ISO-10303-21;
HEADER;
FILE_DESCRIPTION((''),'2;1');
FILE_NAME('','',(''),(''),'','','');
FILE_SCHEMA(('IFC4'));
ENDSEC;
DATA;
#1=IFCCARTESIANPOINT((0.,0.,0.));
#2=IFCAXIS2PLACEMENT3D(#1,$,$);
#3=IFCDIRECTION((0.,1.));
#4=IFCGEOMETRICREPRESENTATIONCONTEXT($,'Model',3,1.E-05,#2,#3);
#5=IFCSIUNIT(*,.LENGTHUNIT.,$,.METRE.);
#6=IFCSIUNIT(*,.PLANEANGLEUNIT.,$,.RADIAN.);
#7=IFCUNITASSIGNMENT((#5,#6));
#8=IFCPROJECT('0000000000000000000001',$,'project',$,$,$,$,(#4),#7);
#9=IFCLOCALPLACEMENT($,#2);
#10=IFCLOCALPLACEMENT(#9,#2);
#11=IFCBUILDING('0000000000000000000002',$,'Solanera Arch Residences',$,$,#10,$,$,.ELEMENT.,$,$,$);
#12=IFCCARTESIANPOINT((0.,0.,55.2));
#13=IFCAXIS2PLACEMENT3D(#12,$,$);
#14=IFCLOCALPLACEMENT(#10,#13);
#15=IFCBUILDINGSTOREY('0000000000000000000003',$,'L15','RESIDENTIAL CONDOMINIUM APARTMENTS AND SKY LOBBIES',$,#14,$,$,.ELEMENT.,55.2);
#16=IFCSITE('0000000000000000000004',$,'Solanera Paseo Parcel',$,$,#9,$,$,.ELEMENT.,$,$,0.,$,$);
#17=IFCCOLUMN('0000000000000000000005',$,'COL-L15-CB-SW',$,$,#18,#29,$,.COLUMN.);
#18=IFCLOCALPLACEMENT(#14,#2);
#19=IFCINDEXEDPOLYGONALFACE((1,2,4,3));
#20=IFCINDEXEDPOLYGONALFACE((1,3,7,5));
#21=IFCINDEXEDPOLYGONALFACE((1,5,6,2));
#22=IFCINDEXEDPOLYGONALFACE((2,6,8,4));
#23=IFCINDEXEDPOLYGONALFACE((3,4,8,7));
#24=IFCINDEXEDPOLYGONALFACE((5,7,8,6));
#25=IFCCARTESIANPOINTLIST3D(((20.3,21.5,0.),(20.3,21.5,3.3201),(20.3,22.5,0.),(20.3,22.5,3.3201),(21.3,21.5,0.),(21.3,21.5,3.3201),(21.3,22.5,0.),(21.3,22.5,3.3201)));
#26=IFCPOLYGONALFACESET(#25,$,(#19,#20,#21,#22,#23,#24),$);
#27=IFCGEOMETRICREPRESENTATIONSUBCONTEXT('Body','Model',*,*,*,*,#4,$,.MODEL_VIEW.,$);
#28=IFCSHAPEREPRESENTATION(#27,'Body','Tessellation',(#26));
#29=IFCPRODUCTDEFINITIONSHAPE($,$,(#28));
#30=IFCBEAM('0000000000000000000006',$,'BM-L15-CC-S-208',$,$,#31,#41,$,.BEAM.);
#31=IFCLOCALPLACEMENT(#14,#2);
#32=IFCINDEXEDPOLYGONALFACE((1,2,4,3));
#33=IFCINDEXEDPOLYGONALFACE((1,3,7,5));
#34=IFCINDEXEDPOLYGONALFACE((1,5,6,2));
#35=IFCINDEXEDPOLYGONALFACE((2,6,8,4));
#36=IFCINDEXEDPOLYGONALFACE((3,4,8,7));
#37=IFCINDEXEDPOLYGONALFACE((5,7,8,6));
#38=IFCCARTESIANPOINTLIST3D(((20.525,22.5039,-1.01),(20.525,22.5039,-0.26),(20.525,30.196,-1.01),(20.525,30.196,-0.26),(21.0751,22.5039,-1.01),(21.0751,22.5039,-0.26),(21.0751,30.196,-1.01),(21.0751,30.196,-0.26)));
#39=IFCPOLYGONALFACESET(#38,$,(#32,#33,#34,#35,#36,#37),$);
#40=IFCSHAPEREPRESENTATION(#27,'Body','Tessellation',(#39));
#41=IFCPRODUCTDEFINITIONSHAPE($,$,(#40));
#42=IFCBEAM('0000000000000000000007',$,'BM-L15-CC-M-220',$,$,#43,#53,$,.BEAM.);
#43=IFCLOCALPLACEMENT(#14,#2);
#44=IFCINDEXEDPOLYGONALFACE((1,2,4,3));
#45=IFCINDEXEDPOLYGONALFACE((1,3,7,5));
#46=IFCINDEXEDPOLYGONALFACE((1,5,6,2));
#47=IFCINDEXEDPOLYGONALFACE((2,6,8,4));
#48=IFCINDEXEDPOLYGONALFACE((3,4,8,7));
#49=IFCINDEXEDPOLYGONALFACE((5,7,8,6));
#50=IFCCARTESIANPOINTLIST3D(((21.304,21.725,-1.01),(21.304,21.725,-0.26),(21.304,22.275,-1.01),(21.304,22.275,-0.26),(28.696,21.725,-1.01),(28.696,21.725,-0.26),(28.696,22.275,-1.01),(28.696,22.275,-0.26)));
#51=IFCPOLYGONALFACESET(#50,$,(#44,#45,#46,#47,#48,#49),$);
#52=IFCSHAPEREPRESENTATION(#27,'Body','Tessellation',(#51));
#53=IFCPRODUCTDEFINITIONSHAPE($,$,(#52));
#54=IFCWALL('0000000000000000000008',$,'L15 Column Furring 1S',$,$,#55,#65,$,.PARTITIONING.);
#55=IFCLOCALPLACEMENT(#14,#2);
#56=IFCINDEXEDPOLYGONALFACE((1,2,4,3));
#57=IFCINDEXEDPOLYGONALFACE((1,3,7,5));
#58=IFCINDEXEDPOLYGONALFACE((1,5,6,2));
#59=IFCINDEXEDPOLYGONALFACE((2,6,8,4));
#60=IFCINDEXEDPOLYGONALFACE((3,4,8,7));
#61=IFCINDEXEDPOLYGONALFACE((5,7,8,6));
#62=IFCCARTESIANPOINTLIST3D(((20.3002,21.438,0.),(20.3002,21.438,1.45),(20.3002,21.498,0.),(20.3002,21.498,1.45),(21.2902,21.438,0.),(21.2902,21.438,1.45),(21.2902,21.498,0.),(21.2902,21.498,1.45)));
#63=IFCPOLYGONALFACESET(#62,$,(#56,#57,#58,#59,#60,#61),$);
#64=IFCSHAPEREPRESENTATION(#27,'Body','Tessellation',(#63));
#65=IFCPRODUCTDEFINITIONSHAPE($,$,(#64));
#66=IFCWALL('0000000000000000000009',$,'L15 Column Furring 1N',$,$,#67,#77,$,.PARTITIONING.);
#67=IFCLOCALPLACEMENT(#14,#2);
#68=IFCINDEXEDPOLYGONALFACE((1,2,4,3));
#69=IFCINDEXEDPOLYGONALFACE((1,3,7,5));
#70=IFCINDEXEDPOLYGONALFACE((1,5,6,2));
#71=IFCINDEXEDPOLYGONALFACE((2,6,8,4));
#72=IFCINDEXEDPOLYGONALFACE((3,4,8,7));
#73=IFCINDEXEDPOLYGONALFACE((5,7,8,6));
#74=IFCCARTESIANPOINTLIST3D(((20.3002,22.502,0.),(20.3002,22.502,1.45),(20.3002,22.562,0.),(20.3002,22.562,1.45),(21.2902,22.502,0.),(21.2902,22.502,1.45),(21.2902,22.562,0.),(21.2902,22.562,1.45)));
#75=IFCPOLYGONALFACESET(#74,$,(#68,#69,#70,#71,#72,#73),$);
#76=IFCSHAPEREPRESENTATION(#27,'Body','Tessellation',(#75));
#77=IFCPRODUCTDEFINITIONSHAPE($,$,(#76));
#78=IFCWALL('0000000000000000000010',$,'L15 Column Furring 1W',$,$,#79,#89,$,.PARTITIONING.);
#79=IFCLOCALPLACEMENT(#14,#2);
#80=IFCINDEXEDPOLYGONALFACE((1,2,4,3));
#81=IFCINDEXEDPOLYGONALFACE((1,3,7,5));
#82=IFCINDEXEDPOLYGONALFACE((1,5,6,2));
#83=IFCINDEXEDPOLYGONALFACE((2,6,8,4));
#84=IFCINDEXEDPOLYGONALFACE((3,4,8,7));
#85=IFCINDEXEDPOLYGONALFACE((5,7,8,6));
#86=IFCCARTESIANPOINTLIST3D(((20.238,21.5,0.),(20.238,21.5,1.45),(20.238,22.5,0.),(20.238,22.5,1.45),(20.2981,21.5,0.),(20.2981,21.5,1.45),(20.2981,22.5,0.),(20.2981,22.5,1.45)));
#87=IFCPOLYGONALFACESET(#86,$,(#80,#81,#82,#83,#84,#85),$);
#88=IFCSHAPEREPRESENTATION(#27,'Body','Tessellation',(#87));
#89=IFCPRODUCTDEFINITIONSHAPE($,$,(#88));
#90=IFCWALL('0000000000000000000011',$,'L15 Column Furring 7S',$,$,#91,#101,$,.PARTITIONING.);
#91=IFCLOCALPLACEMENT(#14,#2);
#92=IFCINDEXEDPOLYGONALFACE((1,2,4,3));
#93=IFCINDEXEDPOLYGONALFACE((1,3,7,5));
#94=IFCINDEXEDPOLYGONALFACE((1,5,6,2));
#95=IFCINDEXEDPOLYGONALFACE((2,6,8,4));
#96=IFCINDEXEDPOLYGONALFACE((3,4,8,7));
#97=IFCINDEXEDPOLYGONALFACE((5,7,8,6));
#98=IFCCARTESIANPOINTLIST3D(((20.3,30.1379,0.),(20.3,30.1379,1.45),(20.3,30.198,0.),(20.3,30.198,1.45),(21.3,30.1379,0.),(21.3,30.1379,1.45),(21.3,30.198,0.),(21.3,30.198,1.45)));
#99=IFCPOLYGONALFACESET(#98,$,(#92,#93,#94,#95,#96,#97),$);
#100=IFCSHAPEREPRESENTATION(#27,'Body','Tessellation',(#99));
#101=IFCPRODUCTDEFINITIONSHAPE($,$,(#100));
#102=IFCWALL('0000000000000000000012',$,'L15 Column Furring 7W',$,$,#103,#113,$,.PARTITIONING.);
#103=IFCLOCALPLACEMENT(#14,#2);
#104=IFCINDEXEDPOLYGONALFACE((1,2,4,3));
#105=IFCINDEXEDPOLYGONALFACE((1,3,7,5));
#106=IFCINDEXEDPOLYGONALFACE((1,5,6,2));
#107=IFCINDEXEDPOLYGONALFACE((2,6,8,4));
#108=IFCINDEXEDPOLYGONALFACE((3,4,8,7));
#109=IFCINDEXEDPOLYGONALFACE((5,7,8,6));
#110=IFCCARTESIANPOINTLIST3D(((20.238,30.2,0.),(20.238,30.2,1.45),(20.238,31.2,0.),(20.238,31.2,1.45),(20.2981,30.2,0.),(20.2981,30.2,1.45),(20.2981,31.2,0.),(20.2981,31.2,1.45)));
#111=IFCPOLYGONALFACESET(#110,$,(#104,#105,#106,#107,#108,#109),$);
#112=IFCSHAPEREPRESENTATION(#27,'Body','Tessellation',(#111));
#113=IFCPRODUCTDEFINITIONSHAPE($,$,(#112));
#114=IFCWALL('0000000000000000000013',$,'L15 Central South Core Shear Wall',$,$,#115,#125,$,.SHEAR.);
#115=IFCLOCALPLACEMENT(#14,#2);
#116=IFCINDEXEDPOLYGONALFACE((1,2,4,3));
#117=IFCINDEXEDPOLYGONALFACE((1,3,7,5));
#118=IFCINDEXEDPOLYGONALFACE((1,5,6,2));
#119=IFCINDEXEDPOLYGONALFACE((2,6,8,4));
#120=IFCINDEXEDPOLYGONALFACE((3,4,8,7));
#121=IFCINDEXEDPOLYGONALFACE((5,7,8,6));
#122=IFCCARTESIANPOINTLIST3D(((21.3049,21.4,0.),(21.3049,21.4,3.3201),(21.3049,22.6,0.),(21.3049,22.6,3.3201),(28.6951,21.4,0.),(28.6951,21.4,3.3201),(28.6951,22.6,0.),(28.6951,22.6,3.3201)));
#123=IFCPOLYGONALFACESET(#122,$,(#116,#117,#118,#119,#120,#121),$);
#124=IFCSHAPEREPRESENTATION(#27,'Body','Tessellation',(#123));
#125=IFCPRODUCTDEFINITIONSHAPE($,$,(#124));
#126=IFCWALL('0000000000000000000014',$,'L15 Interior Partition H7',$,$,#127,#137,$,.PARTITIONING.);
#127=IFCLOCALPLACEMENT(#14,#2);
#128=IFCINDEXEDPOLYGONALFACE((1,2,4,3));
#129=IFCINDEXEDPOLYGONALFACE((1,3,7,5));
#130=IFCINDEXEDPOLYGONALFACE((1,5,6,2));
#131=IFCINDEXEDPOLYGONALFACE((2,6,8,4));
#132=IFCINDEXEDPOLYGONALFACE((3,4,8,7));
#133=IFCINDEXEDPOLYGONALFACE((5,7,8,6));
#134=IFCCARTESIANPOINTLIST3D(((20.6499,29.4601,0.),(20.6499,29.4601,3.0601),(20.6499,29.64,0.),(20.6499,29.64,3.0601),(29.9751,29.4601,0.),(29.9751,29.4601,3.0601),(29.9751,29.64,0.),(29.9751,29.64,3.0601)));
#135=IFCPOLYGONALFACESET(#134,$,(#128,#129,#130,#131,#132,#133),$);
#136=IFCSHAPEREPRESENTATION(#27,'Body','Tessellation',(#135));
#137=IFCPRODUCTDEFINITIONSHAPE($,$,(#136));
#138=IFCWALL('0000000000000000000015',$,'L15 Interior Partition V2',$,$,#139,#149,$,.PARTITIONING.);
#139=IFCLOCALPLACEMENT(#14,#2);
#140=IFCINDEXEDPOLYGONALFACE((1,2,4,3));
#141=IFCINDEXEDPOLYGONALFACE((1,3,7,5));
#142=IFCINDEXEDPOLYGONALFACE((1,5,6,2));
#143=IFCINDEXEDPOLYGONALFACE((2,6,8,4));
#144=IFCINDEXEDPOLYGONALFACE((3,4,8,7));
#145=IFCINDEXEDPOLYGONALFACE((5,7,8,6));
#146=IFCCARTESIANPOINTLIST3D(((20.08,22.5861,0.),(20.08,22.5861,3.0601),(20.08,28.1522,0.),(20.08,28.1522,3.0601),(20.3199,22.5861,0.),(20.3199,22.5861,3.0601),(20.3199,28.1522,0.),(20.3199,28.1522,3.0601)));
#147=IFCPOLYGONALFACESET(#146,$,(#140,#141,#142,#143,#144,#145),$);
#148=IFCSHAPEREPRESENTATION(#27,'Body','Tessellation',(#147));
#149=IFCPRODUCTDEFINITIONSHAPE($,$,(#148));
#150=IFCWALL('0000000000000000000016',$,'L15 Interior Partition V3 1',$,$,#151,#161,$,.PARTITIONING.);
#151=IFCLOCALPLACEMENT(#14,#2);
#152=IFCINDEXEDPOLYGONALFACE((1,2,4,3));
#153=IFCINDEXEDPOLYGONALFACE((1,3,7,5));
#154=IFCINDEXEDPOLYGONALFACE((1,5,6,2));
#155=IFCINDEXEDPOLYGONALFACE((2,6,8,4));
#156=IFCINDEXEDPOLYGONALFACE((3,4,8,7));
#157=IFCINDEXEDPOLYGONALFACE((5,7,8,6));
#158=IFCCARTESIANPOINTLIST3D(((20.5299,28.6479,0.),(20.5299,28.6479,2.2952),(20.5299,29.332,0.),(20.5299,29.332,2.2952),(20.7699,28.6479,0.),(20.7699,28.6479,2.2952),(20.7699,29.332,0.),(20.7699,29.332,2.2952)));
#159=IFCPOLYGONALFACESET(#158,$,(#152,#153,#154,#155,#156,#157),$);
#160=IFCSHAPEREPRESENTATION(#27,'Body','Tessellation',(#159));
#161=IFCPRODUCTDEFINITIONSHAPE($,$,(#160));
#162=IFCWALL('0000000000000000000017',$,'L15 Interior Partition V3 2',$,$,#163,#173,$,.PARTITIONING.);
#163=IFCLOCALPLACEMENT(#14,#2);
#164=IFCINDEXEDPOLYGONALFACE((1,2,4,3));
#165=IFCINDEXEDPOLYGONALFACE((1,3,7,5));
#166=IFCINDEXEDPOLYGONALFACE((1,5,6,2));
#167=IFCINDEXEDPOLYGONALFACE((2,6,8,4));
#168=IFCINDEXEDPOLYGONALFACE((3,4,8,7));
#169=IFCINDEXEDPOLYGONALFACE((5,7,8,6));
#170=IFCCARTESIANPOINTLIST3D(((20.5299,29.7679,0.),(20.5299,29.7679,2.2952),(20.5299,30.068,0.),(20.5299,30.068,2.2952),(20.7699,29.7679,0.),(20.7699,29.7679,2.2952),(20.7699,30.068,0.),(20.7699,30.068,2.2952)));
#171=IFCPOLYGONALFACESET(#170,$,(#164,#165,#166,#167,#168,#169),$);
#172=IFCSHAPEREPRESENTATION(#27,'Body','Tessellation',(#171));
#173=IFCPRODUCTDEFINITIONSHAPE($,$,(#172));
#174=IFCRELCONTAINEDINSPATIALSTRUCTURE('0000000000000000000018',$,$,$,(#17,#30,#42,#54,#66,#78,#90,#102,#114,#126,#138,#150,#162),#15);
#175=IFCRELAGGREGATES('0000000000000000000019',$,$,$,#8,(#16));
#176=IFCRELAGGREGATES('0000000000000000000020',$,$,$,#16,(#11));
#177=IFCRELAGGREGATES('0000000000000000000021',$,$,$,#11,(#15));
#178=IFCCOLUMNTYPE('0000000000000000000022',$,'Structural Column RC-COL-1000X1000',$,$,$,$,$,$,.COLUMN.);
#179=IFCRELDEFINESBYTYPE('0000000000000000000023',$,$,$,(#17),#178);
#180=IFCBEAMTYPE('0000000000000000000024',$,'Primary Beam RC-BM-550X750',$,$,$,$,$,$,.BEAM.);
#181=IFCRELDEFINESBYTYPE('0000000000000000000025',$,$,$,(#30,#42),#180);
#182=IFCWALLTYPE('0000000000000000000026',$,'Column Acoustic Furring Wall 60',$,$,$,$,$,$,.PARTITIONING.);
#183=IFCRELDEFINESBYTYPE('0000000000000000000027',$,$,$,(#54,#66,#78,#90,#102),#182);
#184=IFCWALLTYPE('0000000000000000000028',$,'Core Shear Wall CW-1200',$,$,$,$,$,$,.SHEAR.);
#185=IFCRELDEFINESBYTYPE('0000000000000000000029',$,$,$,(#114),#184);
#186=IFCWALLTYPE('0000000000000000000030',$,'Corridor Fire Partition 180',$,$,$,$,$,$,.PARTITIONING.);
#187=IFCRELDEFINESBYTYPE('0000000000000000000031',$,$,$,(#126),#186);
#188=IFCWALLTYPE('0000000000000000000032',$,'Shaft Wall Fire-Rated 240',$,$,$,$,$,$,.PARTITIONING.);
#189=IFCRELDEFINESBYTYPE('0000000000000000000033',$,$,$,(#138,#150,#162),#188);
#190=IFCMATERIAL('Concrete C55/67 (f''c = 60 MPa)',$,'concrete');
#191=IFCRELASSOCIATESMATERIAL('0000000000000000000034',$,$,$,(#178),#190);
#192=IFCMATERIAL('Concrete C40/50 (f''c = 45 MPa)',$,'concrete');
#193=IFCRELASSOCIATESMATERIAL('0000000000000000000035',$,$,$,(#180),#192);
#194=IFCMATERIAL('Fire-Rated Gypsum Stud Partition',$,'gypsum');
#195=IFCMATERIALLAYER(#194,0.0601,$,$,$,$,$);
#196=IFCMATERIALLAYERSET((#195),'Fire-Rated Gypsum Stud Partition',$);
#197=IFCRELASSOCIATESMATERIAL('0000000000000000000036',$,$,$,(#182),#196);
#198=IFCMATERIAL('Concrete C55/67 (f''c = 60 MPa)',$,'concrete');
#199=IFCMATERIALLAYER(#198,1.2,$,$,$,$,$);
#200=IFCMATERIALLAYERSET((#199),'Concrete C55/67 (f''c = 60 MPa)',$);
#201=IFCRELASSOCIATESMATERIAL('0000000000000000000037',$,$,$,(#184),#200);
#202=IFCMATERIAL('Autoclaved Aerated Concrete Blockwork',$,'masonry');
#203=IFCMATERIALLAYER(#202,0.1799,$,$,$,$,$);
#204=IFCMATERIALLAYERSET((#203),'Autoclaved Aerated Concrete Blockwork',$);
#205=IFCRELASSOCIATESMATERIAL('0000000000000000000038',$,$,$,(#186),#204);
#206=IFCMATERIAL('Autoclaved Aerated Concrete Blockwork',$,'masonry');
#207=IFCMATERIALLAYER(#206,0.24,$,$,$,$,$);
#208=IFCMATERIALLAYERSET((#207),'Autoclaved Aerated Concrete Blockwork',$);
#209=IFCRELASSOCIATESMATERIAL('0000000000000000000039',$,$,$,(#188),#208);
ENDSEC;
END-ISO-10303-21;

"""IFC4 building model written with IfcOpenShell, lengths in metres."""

from ifc_helpers import new_model, si_unit, direction, frame, frame_2d, origin, origin_2d, place, context, subcontext, project, spatial, rectangle, extrude, material, layer, layer_set, material_profile, profile_set, type_object, element, save


model = new_model("IFC4")

# Units and contexts
model_context = context("Model", 3, precision=1e-05, world=origin(), true_north=direction((0.0, 1.0)))
body_context = subcontext(model_context, "Body", "Model", "MODEL_VIEW")
ifc_project = project(units=[si_unit("LENGTHUNIT", "METRE"), si_unit("PLANEANGLEUNIT", "RADIAN")], contexts=[model_context])

# Site, building, storey
site_placement = place(None, origin())
site = spatial("IfcSite", under=ifc_project, at=site_placement, Name="Solanera Paseo Parcel", CompositionType="ELEMENT", RefElevation=0.0)
building_placement = place(site_placement, origin())
building = spatial("IfcBuilding", under=site, at=building_placement, Name="Solanera Arch Residences", CompositionType="ELEMENT")
storey_placement = place(building_placement, frame((0.0, 0.0, 55.2)))
storey = spatial("IfcBuildingStorey", under=building, at=storey_placement, Name="L15", Description="RESIDENTIAL CONDOMINIUM APARTMENTS AND SKY LOBBIES", CompositionType="ELEMENT", Elevation=55.2)

# Column
ifc_material_1 = material(Name="Concrete C55/67 (f'c = 60 MPa)", Category="concrete")
ifc_material_profile_1 = material_profile(ifc_material_1, rectangle(XDim=1.0, YDim=1.0, at=origin_2d()))
ifc_profile_set_1 = profile_set([ifc_material_profile_1], Name="Concrete C55/67 (f'c = 60 MPa)")
column_type = type_object("IfcColumnType", Name="Structural Column RC-COL-1000X1000", PredefinedType="COLUMN", material=ifc_profile_set_1)
column_placement = place(storey_placement, frame((20.8, 22.0, 0.0), z_axis=(0.0, 0.0, 1.0), x_axis=(1.0, 0.0, 0.0)))
element("IfcColumn", 1, at=column_placement, inside=storey, type_object=column_type, Name="COL-L15-CB-SW", PredefinedType="COLUMN", context=body_context, shape_type="SweptSolid", body=[
    extrude(rectangle(XDim=1.0, YDim=1.0, at=origin_2d()), origin(), (0.0, 0.0, 1.0), 3.3201),
])

# Beams
ifc_material_2 = material(Name="Concrete C40/50 (f'c = 45 MPa)", Category="concrete")
ifc_material_profile_2 = material_profile(ifc_material_2, rectangle(XDim=0.55, YDim=0.75, at=origin_2d()))
ifc_profile_set_2 = profile_set([ifc_material_profile_2], Name="Concrete C40/50 (f'c = 45 MPa)")
beam_type = type_object("IfcBeamType", Name="Primary Beam RC-BM-550X750", PredefinedType="BEAM", material=ifc_profile_set_2)
beam_1_placement = place(storey_placement, frame((20.8, 22.5039, -0.635), z_axis=(0.0, 1.0, 0.0), x_axis=(-1.0, 0.0, 0.0)))
element("IfcBeam", 2, at=beam_1_placement, inside=storey, type_object=beam_type, Name="BM-L15-CC-S-208", PredefinedType="BEAM", context=body_context, shape_type="SweptSolid", body=[
    extrude(rectangle(XDim=0.55, YDim=0.75, at=origin_2d()), origin(), (0.0, 0.0, 1.0), 7.6921),
])
beam_2_placement = place(storey_placement, frame((21.304, 22.0, -0.635), z_axis=(1.0, 0.0, 0.0), x_axis=(0.0, 1.0, 0.0)))
element("IfcBeam", 3, at=beam_2_placement, inside=storey, type_object=beam_type, Name="BM-L15-CC-M-220", PredefinedType="BEAM", context=body_context, shape_type="SweptSolid", body=[
    extrude(rectangle(XDim=0.55, YDim=0.75, at=origin_2d()), origin(), (0.0, 0.0, 1.0), 7.3921),
])

# Walls
ifc_material_3 = material(Name="Fire-Rated Gypsum Stud Partition", Category="gypsum")
ifc_layer_1 = layer(ifc_material_3, 0.0601)
ifc_layer_set_1 = layer_set([ifc_layer_1], Name="Fire-Rated Gypsum Stud Partition")
wall_type_1 = type_object("IfcWallType", Name="Column Acoustic Furring Wall 60", PredefinedType="PARTITIONING", material=ifc_layer_set_1)
for number, where, z_axis, x_axis, name in (
    (4, (20.3, 21.468, 0.0), (0.0, 0.0, 1.0), (1.0, 0.0, 0.0), "L15 Column Furring 1S"),
    (5, (20.3, 22.532, 0.0), (0.0, 0.0, 1.0), (1.0, 0.0, 0.0), "L15 Column Furring 1N"),
):
    element("IfcWall", number, at=place(storey_placement, frame(where, z_axis=z_axis, x_axis=x_axis)), inside=storey, type_object=wall_type_1, Name=name, PredefinedType="PARTITIONING", context=body_context, shape_type="SweptSolid", body=[
        extrude(rectangle(XDim=0.99, YDim=0.0601, at=frame_2d((0.4951, 0.0))), origin(), (0.0, 0.0, 1.0), 1.45),
    ])
for number, where, z_axis, x_axis, name in (
    (6, (20.2681, 21.5, 0.0), (0.0, 0.0, 1.0), (0.0, 1.0, 0.0), "L15 Column Furring 1W"),
    (7, (20.3, 30.168, 0.0), (0.0, 0.0, 1.0), (1.0, 0.0, 0.0), "L15 Column Furring 7S"),
    (8, (20.2681, 30.2, 0.0), (0.0, 0.0, 1.0), (0.0, 1.0, 0.0), "L15 Column Furring 7W"),
):
    element("IfcWall", number, at=place(storey_placement, frame(where, z_axis=z_axis, x_axis=x_axis)), inside=storey, type_object=wall_type_1, Name=name, PredefinedType="PARTITIONING", context=body_context, shape_type="SweptSolid", body=[
        extrude(rectangle(XDim=1.0, YDim=0.0601, at=frame_2d((0.5, 0.0))), origin(), (0.0, 0.0, 1.0), 1.45),
    ])
ifc_material_4 = material(Name="Concrete C55/67 (f'c = 60 MPa)", Category="concrete")
ifc_layer_2 = layer(ifc_material_4, 1.2)
ifc_layer_set_2 = layer_set([ifc_layer_2], Name="Concrete C55/67 (f'c = 60 MPa)")
wall_type_2 = type_object("IfcWallType", Name="Core Shear Wall CW-1200", PredefinedType="SHEAR", material=ifc_layer_set_2)
wall_1_placement = place(storey_placement, frame((21.3049, 22.0, 0.0), z_axis=(0.0, 0.0, 1.0), x_axis=(1.0, 0.0, 0.0)))
element("IfcWall", 9, at=wall_1_placement, inside=storey, type_object=wall_type_2, Name="L15 Central South Core Shear Wall", PredefinedType="SHEAR", context=body_context, shape_type="SweptSolid", body=[
    extrude(rectangle(XDim=7.3901, YDim=1.2, at=frame_2d((3.6951, 0.0))), origin(), (0.0, 0.0, 1.0), 3.3201),
])

# Wall
ifc_material_5 = material(Name="Autoclaved Aerated Concrete Blockwork", Category="masonry")
ifc_layer_3 = layer(ifc_material_5, 0.1799)
ifc_layer_set_3 = layer_set([ifc_layer_3], Name="Autoclaved Aerated Concrete Blockwork")
wall_type_3 = type_object("IfcWallType", Name="Corridor Fire Partition 180", PredefinedType="PARTITIONING", material=ifc_layer_set_3)
wall_2_placement = place(storey_placement, frame((20.6499, 29.55, 0.0), z_axis=(0.0, 0.0, 1.0), x_axis=(1.0, 0.0, 0.0)))
element("IfcWall", 10, at=wall_2_placement, inside=storey, type_object=wall_type_3, Name="L15 Interior Partition H7", PredefinedType="PARTITIONING", context=body_context, shape_type="SweptSolid", body=[
    extrude(rectangle(XDim=9.3252, YDim=0.1799, at=frame_2d((4.6626, 0.0))), origin(), (0.0, 0.0, 1.0), 3.0601),
])

# Shared definitions
ifc_material_6 = material(Name="Autoclaved Aerated Concrete Blockwork", Category="masonry")
ifc_layer_4 = layer(ifc_material_6, 0.24)
ifc_layer_set_4 = layer_set([ifc_layer_4], Name="Autoclaved Aerated Concrete Blockwork")
wall_type_4 = type_object("IfcWallType", Name="Shaft Wall Fire-Rated 240", PredefinedType="PARTITIONING", material=ifc_layer_set_4)

# Walls
wall_3_placement = place(storey_placement, frame((20.2, 22.5859, 0.0), z_axis=(0.0, 0.0, 1.0), x_axis=(0.0, 1.0, 0.0)))
element("IfcWall", 11, at=wall_3_placement, inside=storey, type_object=wall_type_4, Name="L15 Interior Partition V2", PredefinedType="PARTITIONING", context=body_context, shape_type="SweptSolid", body=[
    extrude(rectangle(XDim=5.5662, YDim=0.24, at=frame_2d((2.7832, 0.0))), origin(), (0.0, 0.0, 1.0), 3.0601),
])
wall_4_placement = place(storey_placement, frame((20.6499, 28.6479, 0.0), z_axis=(0.0, 0.0, 1.0), x_axis=(0.0, 1.0, 0.0)))
element("IfcWall", 12, at=wall_4_placement, inside=storey, type_object=wall_type_4, Name="L15 Interior Partition V3 1", PredefinedType="PARTITIONING", context=body_context, shape_type="SweptSolid", body=[
    extrude(rectangle(XDim=0.6841, YDim=0.24, at=frame_2d((0.342, 0.0))), origin(), (0.0, 0.0, 1.0), 2.2952),
])
wall_5_placement = place(storey_placement, frame((20.6499, 29.7681, 0.0), z_axis=(0.0, 0.0, 1.0), x_axis=(0.0, 1.0, 0.0)))
element("IfcWall", 13, at=wall_5_placement, inside=storey, type_object=wall_type_4, Name="L15 Interior Partition V3 2", PredefinedType="PARTITIONING", context=body_context, shape_type="SweptSolid", body=[
    extrude(rectangle(XDim=0.3, YDim=0.24, at=frame_2d((0.1499, 0.0))), origin(), (0.0, 0.0, 1.0), 2.2952),
])

save(model, "model.ifc")
